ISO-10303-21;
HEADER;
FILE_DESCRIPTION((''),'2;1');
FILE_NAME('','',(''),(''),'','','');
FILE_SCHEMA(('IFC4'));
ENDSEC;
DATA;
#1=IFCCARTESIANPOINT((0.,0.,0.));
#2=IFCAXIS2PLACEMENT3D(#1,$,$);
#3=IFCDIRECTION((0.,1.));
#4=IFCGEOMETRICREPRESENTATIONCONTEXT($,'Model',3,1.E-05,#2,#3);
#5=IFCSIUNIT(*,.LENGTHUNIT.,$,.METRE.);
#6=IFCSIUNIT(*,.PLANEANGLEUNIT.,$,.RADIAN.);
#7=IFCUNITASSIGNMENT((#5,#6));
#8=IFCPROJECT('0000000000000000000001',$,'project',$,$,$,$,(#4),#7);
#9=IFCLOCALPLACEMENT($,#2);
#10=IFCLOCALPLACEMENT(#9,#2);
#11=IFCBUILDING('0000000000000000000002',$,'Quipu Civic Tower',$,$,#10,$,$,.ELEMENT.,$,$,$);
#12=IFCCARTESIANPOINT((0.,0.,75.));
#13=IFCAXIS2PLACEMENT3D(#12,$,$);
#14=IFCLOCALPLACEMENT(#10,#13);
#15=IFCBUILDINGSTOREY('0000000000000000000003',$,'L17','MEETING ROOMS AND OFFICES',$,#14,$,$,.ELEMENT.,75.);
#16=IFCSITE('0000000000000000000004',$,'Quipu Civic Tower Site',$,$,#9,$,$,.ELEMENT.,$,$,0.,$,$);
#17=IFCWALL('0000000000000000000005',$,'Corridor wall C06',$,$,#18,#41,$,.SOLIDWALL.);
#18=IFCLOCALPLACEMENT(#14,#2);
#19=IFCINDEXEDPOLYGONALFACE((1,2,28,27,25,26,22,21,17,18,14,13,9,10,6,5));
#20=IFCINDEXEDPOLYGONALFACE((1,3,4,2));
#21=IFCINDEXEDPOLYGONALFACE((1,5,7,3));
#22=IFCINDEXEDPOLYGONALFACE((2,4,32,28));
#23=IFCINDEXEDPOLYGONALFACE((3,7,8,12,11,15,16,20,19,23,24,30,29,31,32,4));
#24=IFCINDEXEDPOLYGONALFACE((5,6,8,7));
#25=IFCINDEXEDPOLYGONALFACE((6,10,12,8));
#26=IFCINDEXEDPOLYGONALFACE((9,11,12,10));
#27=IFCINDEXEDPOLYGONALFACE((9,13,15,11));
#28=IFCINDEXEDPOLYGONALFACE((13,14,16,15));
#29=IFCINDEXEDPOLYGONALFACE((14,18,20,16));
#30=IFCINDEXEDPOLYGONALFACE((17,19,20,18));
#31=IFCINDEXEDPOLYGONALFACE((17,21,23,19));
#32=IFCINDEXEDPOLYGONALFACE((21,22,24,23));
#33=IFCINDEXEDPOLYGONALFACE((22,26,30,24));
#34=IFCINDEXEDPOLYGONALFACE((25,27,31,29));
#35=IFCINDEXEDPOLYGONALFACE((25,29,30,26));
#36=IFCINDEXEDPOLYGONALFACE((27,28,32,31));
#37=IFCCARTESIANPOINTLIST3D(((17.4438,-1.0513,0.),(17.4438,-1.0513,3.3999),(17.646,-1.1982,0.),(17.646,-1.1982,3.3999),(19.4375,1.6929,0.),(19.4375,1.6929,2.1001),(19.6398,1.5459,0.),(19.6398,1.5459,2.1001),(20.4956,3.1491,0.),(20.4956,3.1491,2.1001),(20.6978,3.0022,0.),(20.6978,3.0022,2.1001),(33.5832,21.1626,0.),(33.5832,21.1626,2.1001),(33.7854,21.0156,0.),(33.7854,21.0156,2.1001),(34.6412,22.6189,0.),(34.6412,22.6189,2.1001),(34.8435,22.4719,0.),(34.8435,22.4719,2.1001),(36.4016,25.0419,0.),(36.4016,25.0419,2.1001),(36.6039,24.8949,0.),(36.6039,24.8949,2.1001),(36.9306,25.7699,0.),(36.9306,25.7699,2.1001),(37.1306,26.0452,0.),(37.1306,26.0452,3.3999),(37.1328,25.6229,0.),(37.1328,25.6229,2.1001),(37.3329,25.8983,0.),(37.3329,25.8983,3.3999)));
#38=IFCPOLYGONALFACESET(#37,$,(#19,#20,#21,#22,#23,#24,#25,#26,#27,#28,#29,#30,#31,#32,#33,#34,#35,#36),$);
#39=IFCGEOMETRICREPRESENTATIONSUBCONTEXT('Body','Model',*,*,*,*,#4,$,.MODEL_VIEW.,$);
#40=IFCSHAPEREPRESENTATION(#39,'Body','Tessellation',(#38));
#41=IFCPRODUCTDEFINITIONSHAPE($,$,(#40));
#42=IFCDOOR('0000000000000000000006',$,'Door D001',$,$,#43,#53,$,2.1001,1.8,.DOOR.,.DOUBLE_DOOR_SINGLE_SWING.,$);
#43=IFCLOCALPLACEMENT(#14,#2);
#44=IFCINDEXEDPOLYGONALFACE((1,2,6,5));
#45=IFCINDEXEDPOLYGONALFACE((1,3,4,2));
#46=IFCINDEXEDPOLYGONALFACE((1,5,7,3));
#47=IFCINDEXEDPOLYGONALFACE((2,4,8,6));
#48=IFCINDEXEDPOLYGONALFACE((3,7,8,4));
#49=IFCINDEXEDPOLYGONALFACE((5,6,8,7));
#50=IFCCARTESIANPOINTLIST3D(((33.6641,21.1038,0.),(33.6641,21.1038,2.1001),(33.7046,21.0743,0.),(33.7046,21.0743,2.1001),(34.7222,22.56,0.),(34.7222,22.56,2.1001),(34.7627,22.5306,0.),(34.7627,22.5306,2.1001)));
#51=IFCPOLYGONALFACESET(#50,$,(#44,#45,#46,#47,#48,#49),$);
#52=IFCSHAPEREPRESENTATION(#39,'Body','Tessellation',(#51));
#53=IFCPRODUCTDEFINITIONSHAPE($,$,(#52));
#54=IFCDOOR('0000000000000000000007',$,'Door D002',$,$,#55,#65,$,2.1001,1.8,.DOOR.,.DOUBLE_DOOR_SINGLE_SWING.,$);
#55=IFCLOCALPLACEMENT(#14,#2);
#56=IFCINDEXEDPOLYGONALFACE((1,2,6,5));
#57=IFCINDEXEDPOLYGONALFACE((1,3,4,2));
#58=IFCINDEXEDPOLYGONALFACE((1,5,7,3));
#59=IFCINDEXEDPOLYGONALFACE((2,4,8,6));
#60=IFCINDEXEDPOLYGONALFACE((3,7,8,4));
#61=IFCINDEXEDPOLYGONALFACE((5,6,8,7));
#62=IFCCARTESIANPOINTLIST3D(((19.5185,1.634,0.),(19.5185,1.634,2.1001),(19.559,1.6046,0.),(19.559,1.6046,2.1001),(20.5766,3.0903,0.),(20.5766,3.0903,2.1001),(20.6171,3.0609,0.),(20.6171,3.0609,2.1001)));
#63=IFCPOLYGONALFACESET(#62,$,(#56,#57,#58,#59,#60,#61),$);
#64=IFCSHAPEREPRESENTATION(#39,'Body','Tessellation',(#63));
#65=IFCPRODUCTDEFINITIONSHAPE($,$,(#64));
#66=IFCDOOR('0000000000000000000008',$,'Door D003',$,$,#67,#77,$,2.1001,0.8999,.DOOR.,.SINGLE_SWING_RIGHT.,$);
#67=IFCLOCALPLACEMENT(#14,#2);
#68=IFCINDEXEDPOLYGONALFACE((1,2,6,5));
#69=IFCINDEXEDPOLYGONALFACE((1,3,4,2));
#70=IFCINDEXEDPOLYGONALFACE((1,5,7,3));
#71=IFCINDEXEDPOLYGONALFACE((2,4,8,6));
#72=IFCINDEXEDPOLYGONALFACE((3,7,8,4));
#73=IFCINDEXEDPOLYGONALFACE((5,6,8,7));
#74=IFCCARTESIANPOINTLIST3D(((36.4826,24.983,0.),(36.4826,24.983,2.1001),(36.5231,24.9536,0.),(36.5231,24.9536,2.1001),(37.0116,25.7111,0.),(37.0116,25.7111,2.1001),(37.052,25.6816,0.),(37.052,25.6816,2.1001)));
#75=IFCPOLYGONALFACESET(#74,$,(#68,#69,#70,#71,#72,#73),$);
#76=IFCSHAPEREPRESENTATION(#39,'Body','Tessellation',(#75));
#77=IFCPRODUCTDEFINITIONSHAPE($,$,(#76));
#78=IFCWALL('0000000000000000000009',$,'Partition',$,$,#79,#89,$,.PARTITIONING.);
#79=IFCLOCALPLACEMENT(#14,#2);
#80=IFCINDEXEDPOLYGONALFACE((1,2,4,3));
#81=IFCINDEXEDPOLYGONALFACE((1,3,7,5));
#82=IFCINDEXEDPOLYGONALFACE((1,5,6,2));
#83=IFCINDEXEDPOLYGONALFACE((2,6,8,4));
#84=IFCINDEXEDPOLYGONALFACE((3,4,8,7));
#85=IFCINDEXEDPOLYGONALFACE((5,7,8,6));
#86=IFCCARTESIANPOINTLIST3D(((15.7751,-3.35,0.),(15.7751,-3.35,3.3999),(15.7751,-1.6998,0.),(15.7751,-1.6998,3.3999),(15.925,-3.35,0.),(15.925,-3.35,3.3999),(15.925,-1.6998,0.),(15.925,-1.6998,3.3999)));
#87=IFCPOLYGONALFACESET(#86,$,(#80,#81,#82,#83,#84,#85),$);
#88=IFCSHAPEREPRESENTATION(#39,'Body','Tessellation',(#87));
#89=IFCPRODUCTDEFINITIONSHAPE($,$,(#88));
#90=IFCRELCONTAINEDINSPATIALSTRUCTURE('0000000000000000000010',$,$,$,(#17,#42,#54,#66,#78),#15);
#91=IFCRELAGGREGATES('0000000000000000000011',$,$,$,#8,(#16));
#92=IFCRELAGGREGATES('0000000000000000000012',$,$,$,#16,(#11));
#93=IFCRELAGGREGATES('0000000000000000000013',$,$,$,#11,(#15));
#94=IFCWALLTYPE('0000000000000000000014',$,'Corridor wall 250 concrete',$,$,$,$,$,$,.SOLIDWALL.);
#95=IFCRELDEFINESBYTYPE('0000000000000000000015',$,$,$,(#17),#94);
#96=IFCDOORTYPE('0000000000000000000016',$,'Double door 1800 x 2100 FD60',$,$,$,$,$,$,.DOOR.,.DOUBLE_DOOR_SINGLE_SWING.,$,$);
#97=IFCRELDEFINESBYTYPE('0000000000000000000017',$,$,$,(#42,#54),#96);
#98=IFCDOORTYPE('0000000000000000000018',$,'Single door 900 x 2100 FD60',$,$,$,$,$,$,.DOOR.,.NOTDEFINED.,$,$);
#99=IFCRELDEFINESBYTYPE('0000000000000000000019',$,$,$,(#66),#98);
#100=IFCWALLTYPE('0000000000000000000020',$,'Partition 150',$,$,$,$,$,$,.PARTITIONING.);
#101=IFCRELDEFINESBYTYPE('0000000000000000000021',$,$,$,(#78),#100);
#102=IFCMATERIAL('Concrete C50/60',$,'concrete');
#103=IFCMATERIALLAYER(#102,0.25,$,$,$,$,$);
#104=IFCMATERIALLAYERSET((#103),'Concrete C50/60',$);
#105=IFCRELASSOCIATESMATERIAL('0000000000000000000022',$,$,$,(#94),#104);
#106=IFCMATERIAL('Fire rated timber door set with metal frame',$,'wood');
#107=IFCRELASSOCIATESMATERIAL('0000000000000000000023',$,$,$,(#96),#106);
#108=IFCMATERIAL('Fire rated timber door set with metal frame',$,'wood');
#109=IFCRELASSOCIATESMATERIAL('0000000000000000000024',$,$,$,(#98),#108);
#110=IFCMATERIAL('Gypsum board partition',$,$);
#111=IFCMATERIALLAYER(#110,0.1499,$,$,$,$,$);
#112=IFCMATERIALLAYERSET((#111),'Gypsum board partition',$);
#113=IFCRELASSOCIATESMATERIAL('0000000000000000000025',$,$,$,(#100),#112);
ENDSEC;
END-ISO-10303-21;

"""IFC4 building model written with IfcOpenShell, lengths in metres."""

from ifc_helpers import new_model, si_unit, direction, frame, frame_2d, origin, place, context, subcontext, project, spatial, rectangle, extrude, material, layer, layer_set, type_object, element, fill, save


model = new_model("IFC4")

# Units and contexts
model_context = context("Model", 3, precision=1e-05, world=origin(), true_north=direction((0.0, 1.0)))
body_context = subcontext(model_context, "Body", "Model", "MODEL_VIEW")
ifc_project = project(units=[si_unit("LENGTHUNIT", "METRE"), si_unit("PLANEANGLEUNIT", "RADIAN")], contexts=[model_context])

# Site, building, storey
site_placement = place(None, origin())
site = spatial("IfcSite", under=ifc_project, at=site_placement, Name="Quipu Civic Tower Site", CompositionType="ELEMENT", RefElevation=0.0)
building_placement = place(site_placement, origin())
building = spatial("IfcBuilding", under=site, at=building_placement, Name="Quipu Civic Tower", CompositionType="ELEMENT")
storey_placement = place(building_placement, frame((0.0, 0.0, 75.0)))
storey = spatial("IfcBuildingStorey", under=building, at=storey_placement, Name="L17", Description="MEETING ROOMS AND OFFICES", CompositionType="ELEMENT", Elevation=75.0)

# Wall, openings, doors
ifc_material_1 = material(Name="Concrete C50/60", Category="concrete")
ifc_layer_1 = layer(ifc_material_1, 0.25)
ifc_layer_set_1 = layer_set([ifc_layer_1], Name="Concrete C50/60")
wall_type_1 = type_object("IfcWallType", Name="Corridor wall 250 concrete", PredefinedType="SOLIDWALL", material=ifc_layer_set_1)
wall_1_placement = place(storey_placement, frame((17.5449, -1.1248, 0.0), z_axis=(0.0, 0.0, 1.0), x_axis=(0.587786, 0.809016, 0.0)))
wall_1 = element("IfcWall", 1, at=wall_1_placement, inside=storey, type_object=wall_type_1, Name="Corridor wall C06", PredefinedType="SOLIDWALL", context=body_context, shape_type="SweptSolid", body=[
    extrude(rectangle(XDim=33.4932, YDim=0.25, at=frame_2d((16.7466, 0.0))), origin(), (0.0, 0.0, 1.0), 3.3999),
])
opening_1_placement = place(wall_1_placement, frame((27.458, 0.0, 0.0)))
opening_1 = element("IfcOpeningElement", 2, at=opening_1_placement, cuts=wall_1, PredefinedType="OPENING", context=body_context, shape_type="SweptSolid", body=[
    extrude(rectangle(XDim=1.8, YDim=2.1001, at=frame_2d((0.8999, 1.05))), frame((0.0, 0.135, 0.0), z_axis=(0.0, -1.0, 0.0), x_axis=(1.0, 0.0, 0.0)), (0.0, 0.0, 1.0), 0.27),
])
opening_2_placement = place(wall_1_placement, frame((3.3921, 0.0, 0.0)))
opening_2 = element("IfcOpeningElement", 3, at=opening_2_placement, cuts=wall_1, PredefinedType="OPENING", context=body_context, shape_type="SweptSolid", body=[
    extrude(rectangle(XDim=1.8, YDim=2.1001, at=frame_2d((0.8999, 1.05))), frame((0.0, 0.135, 0.0), z_axis=(0.0, -1.0, 0.0), x_axis=(1.0, 0.0, 0.0)), (0.0, 0.0, 1.0), 0.27),
])
opening_3_placement = place(wall_1_placement, frame((32.2529, 0.0, 0.0)))
opening_3 = element("IfcOpeningElement", 4, at=opening_3_placement, cuts=wall_1, PredefinedType="OPENING", context=body_context, shape_type="SweptSolid", body=[
    extrude(rectangle(XDim=0.8999, YDim=2.1001, at=frame_2d((0.45, 1.05))), frame((0.0, 0.135, 0.0), z_axis=(0.0, -1.0, 0.0), x_axis=(1.0, 0.0, 0.0)), (0.0, 0.0, 1.0), 0.27),
])
ifc_material_2 = material(Name="Fire rated timber door set with metal frame", Category="wood")
door_type_1 = type_object("IfcDoorType", Name="Double door 1800 x 2100 FD60", OperationType="DOUBLE_DOOR_SINGLE_SWING", PredefinedType="DOOR", material=ifc_material_2)
door_1_placement = place(opening_1_placement, origin())
door_1 = element("IfcDoor", 5, at=door_1_placement, inside=storey, type_object=door_type_1, Name="Door D001", OperationType="DOUBLE_DOOR_SINGLE_SWING", OverallHeight=2.1001, OverallWidth=1.8, PredefinedType="DOOR", context=body_context, shape_type="SweptSolid", body=[
    extrude(rectangle(XDim=1.8, YDim=2.1001, at=frame_2d((0.8999, 1.05))), frame((0.0, 0.0249, 0.0), z_axis=(0.0, -1.0, 0.0), x_axis=(1.0, 0.0, 0.0)), (0.0, 0.0, 1.0), 0.05),
])
fill(opening_1, door_1)
door_2_placement = place(opening_2_placement, origin())
door_2 = element("IfcDoor", 6, at=door_2_placement, inside=storey, type_object=door_type_1, Name="Door D002", OperationType="DOUBLE_DOOR_SINGLE_SWING", OverallHeight=2.1001, OverallWidth=1.8, PredefinedType="DOOR", context=body_context, shape_type="SweptSolid", body=[
    extrude(rectangle(XDim=1.8, YDim=2.1001, at=frame_2d((0.8999, 1.05))), frame((0.0, 0.0249, 0.0), z_axis=(0.0, -1.0, 0.0), x_axis=(1.0, 0.0, 0.0)), (0.0, 0.0, 1.0), 0.05),
])
fill(opening_2, door_2)
ifc_material_3 = material(Name="Fire rated timber door set with metal frame", Category="wood")
door_type_2 = type_object("IfcDoorType", Name="Single door 900 x 2100 FD60", OperationType="NOTDEFINED", PredefinedType="DOOR", material=ifc_material_3)
door_3_placement = place(opening_3_placement, origin())
door_3 = element("IfcDoor", 7, at=door_3_placement, inside=storey, type_object=door_type_2, Name="Door D003", OperationType="SINGLE_SWING_RIGHT", OverallHeight=2.1001, OverallWidth=0.8999, PredefinedType="DOOR", context=body_context, shape_type="SweptSolid", body=[
    extrude(rectangle(XDim=0.8999, YDim=2.1001, at=frame_2d((0.45, 1.05))), frame((0.0, 0.0249, 0.0), z_axis=(0.0, -1.0, 0.0), x_axis=(1.0, 0.0, 0.0)), (0.0, 0.0, 1.0), 0.05),
])
fill(opening_3, door_3)

# Wall
ifc_material_4 = material(Name="Gypsum board partition")
ifc_layer_2 = layer(ifc_material_4, 0.1499)
ifc_layer_set_2 = layer_set([ifc_layer_2], Name="Gypsum board partition")
wall_type_2 = type_object("IfcWallType", Name="Partition 150", PredefinedType="PARTITIONING", material=ifc_layer_set_2)
wall_2_placement = place(storey_placement, frame((15.8501, -3.3501, 0.0), z_axis=(0.0, 0.0, 1.0), x_axis=(0.0, 1.0, 0.0)))
element("IfcWall", 8, at=wall_2_placement, inside=storey, type_object=wall_type_2, Name="Partition", PredefinedType="PARTITIONING", context=body_context, shape_type="SweptSolid", body=[
    extrude(rectangle(XDim=1.6501, YDim=0.1499, at=frame_2d((0.8252, 0.0))), origin(), (0.0, 0.0, 1.0), 3.3999),
])

save(model, "model.ifc")
